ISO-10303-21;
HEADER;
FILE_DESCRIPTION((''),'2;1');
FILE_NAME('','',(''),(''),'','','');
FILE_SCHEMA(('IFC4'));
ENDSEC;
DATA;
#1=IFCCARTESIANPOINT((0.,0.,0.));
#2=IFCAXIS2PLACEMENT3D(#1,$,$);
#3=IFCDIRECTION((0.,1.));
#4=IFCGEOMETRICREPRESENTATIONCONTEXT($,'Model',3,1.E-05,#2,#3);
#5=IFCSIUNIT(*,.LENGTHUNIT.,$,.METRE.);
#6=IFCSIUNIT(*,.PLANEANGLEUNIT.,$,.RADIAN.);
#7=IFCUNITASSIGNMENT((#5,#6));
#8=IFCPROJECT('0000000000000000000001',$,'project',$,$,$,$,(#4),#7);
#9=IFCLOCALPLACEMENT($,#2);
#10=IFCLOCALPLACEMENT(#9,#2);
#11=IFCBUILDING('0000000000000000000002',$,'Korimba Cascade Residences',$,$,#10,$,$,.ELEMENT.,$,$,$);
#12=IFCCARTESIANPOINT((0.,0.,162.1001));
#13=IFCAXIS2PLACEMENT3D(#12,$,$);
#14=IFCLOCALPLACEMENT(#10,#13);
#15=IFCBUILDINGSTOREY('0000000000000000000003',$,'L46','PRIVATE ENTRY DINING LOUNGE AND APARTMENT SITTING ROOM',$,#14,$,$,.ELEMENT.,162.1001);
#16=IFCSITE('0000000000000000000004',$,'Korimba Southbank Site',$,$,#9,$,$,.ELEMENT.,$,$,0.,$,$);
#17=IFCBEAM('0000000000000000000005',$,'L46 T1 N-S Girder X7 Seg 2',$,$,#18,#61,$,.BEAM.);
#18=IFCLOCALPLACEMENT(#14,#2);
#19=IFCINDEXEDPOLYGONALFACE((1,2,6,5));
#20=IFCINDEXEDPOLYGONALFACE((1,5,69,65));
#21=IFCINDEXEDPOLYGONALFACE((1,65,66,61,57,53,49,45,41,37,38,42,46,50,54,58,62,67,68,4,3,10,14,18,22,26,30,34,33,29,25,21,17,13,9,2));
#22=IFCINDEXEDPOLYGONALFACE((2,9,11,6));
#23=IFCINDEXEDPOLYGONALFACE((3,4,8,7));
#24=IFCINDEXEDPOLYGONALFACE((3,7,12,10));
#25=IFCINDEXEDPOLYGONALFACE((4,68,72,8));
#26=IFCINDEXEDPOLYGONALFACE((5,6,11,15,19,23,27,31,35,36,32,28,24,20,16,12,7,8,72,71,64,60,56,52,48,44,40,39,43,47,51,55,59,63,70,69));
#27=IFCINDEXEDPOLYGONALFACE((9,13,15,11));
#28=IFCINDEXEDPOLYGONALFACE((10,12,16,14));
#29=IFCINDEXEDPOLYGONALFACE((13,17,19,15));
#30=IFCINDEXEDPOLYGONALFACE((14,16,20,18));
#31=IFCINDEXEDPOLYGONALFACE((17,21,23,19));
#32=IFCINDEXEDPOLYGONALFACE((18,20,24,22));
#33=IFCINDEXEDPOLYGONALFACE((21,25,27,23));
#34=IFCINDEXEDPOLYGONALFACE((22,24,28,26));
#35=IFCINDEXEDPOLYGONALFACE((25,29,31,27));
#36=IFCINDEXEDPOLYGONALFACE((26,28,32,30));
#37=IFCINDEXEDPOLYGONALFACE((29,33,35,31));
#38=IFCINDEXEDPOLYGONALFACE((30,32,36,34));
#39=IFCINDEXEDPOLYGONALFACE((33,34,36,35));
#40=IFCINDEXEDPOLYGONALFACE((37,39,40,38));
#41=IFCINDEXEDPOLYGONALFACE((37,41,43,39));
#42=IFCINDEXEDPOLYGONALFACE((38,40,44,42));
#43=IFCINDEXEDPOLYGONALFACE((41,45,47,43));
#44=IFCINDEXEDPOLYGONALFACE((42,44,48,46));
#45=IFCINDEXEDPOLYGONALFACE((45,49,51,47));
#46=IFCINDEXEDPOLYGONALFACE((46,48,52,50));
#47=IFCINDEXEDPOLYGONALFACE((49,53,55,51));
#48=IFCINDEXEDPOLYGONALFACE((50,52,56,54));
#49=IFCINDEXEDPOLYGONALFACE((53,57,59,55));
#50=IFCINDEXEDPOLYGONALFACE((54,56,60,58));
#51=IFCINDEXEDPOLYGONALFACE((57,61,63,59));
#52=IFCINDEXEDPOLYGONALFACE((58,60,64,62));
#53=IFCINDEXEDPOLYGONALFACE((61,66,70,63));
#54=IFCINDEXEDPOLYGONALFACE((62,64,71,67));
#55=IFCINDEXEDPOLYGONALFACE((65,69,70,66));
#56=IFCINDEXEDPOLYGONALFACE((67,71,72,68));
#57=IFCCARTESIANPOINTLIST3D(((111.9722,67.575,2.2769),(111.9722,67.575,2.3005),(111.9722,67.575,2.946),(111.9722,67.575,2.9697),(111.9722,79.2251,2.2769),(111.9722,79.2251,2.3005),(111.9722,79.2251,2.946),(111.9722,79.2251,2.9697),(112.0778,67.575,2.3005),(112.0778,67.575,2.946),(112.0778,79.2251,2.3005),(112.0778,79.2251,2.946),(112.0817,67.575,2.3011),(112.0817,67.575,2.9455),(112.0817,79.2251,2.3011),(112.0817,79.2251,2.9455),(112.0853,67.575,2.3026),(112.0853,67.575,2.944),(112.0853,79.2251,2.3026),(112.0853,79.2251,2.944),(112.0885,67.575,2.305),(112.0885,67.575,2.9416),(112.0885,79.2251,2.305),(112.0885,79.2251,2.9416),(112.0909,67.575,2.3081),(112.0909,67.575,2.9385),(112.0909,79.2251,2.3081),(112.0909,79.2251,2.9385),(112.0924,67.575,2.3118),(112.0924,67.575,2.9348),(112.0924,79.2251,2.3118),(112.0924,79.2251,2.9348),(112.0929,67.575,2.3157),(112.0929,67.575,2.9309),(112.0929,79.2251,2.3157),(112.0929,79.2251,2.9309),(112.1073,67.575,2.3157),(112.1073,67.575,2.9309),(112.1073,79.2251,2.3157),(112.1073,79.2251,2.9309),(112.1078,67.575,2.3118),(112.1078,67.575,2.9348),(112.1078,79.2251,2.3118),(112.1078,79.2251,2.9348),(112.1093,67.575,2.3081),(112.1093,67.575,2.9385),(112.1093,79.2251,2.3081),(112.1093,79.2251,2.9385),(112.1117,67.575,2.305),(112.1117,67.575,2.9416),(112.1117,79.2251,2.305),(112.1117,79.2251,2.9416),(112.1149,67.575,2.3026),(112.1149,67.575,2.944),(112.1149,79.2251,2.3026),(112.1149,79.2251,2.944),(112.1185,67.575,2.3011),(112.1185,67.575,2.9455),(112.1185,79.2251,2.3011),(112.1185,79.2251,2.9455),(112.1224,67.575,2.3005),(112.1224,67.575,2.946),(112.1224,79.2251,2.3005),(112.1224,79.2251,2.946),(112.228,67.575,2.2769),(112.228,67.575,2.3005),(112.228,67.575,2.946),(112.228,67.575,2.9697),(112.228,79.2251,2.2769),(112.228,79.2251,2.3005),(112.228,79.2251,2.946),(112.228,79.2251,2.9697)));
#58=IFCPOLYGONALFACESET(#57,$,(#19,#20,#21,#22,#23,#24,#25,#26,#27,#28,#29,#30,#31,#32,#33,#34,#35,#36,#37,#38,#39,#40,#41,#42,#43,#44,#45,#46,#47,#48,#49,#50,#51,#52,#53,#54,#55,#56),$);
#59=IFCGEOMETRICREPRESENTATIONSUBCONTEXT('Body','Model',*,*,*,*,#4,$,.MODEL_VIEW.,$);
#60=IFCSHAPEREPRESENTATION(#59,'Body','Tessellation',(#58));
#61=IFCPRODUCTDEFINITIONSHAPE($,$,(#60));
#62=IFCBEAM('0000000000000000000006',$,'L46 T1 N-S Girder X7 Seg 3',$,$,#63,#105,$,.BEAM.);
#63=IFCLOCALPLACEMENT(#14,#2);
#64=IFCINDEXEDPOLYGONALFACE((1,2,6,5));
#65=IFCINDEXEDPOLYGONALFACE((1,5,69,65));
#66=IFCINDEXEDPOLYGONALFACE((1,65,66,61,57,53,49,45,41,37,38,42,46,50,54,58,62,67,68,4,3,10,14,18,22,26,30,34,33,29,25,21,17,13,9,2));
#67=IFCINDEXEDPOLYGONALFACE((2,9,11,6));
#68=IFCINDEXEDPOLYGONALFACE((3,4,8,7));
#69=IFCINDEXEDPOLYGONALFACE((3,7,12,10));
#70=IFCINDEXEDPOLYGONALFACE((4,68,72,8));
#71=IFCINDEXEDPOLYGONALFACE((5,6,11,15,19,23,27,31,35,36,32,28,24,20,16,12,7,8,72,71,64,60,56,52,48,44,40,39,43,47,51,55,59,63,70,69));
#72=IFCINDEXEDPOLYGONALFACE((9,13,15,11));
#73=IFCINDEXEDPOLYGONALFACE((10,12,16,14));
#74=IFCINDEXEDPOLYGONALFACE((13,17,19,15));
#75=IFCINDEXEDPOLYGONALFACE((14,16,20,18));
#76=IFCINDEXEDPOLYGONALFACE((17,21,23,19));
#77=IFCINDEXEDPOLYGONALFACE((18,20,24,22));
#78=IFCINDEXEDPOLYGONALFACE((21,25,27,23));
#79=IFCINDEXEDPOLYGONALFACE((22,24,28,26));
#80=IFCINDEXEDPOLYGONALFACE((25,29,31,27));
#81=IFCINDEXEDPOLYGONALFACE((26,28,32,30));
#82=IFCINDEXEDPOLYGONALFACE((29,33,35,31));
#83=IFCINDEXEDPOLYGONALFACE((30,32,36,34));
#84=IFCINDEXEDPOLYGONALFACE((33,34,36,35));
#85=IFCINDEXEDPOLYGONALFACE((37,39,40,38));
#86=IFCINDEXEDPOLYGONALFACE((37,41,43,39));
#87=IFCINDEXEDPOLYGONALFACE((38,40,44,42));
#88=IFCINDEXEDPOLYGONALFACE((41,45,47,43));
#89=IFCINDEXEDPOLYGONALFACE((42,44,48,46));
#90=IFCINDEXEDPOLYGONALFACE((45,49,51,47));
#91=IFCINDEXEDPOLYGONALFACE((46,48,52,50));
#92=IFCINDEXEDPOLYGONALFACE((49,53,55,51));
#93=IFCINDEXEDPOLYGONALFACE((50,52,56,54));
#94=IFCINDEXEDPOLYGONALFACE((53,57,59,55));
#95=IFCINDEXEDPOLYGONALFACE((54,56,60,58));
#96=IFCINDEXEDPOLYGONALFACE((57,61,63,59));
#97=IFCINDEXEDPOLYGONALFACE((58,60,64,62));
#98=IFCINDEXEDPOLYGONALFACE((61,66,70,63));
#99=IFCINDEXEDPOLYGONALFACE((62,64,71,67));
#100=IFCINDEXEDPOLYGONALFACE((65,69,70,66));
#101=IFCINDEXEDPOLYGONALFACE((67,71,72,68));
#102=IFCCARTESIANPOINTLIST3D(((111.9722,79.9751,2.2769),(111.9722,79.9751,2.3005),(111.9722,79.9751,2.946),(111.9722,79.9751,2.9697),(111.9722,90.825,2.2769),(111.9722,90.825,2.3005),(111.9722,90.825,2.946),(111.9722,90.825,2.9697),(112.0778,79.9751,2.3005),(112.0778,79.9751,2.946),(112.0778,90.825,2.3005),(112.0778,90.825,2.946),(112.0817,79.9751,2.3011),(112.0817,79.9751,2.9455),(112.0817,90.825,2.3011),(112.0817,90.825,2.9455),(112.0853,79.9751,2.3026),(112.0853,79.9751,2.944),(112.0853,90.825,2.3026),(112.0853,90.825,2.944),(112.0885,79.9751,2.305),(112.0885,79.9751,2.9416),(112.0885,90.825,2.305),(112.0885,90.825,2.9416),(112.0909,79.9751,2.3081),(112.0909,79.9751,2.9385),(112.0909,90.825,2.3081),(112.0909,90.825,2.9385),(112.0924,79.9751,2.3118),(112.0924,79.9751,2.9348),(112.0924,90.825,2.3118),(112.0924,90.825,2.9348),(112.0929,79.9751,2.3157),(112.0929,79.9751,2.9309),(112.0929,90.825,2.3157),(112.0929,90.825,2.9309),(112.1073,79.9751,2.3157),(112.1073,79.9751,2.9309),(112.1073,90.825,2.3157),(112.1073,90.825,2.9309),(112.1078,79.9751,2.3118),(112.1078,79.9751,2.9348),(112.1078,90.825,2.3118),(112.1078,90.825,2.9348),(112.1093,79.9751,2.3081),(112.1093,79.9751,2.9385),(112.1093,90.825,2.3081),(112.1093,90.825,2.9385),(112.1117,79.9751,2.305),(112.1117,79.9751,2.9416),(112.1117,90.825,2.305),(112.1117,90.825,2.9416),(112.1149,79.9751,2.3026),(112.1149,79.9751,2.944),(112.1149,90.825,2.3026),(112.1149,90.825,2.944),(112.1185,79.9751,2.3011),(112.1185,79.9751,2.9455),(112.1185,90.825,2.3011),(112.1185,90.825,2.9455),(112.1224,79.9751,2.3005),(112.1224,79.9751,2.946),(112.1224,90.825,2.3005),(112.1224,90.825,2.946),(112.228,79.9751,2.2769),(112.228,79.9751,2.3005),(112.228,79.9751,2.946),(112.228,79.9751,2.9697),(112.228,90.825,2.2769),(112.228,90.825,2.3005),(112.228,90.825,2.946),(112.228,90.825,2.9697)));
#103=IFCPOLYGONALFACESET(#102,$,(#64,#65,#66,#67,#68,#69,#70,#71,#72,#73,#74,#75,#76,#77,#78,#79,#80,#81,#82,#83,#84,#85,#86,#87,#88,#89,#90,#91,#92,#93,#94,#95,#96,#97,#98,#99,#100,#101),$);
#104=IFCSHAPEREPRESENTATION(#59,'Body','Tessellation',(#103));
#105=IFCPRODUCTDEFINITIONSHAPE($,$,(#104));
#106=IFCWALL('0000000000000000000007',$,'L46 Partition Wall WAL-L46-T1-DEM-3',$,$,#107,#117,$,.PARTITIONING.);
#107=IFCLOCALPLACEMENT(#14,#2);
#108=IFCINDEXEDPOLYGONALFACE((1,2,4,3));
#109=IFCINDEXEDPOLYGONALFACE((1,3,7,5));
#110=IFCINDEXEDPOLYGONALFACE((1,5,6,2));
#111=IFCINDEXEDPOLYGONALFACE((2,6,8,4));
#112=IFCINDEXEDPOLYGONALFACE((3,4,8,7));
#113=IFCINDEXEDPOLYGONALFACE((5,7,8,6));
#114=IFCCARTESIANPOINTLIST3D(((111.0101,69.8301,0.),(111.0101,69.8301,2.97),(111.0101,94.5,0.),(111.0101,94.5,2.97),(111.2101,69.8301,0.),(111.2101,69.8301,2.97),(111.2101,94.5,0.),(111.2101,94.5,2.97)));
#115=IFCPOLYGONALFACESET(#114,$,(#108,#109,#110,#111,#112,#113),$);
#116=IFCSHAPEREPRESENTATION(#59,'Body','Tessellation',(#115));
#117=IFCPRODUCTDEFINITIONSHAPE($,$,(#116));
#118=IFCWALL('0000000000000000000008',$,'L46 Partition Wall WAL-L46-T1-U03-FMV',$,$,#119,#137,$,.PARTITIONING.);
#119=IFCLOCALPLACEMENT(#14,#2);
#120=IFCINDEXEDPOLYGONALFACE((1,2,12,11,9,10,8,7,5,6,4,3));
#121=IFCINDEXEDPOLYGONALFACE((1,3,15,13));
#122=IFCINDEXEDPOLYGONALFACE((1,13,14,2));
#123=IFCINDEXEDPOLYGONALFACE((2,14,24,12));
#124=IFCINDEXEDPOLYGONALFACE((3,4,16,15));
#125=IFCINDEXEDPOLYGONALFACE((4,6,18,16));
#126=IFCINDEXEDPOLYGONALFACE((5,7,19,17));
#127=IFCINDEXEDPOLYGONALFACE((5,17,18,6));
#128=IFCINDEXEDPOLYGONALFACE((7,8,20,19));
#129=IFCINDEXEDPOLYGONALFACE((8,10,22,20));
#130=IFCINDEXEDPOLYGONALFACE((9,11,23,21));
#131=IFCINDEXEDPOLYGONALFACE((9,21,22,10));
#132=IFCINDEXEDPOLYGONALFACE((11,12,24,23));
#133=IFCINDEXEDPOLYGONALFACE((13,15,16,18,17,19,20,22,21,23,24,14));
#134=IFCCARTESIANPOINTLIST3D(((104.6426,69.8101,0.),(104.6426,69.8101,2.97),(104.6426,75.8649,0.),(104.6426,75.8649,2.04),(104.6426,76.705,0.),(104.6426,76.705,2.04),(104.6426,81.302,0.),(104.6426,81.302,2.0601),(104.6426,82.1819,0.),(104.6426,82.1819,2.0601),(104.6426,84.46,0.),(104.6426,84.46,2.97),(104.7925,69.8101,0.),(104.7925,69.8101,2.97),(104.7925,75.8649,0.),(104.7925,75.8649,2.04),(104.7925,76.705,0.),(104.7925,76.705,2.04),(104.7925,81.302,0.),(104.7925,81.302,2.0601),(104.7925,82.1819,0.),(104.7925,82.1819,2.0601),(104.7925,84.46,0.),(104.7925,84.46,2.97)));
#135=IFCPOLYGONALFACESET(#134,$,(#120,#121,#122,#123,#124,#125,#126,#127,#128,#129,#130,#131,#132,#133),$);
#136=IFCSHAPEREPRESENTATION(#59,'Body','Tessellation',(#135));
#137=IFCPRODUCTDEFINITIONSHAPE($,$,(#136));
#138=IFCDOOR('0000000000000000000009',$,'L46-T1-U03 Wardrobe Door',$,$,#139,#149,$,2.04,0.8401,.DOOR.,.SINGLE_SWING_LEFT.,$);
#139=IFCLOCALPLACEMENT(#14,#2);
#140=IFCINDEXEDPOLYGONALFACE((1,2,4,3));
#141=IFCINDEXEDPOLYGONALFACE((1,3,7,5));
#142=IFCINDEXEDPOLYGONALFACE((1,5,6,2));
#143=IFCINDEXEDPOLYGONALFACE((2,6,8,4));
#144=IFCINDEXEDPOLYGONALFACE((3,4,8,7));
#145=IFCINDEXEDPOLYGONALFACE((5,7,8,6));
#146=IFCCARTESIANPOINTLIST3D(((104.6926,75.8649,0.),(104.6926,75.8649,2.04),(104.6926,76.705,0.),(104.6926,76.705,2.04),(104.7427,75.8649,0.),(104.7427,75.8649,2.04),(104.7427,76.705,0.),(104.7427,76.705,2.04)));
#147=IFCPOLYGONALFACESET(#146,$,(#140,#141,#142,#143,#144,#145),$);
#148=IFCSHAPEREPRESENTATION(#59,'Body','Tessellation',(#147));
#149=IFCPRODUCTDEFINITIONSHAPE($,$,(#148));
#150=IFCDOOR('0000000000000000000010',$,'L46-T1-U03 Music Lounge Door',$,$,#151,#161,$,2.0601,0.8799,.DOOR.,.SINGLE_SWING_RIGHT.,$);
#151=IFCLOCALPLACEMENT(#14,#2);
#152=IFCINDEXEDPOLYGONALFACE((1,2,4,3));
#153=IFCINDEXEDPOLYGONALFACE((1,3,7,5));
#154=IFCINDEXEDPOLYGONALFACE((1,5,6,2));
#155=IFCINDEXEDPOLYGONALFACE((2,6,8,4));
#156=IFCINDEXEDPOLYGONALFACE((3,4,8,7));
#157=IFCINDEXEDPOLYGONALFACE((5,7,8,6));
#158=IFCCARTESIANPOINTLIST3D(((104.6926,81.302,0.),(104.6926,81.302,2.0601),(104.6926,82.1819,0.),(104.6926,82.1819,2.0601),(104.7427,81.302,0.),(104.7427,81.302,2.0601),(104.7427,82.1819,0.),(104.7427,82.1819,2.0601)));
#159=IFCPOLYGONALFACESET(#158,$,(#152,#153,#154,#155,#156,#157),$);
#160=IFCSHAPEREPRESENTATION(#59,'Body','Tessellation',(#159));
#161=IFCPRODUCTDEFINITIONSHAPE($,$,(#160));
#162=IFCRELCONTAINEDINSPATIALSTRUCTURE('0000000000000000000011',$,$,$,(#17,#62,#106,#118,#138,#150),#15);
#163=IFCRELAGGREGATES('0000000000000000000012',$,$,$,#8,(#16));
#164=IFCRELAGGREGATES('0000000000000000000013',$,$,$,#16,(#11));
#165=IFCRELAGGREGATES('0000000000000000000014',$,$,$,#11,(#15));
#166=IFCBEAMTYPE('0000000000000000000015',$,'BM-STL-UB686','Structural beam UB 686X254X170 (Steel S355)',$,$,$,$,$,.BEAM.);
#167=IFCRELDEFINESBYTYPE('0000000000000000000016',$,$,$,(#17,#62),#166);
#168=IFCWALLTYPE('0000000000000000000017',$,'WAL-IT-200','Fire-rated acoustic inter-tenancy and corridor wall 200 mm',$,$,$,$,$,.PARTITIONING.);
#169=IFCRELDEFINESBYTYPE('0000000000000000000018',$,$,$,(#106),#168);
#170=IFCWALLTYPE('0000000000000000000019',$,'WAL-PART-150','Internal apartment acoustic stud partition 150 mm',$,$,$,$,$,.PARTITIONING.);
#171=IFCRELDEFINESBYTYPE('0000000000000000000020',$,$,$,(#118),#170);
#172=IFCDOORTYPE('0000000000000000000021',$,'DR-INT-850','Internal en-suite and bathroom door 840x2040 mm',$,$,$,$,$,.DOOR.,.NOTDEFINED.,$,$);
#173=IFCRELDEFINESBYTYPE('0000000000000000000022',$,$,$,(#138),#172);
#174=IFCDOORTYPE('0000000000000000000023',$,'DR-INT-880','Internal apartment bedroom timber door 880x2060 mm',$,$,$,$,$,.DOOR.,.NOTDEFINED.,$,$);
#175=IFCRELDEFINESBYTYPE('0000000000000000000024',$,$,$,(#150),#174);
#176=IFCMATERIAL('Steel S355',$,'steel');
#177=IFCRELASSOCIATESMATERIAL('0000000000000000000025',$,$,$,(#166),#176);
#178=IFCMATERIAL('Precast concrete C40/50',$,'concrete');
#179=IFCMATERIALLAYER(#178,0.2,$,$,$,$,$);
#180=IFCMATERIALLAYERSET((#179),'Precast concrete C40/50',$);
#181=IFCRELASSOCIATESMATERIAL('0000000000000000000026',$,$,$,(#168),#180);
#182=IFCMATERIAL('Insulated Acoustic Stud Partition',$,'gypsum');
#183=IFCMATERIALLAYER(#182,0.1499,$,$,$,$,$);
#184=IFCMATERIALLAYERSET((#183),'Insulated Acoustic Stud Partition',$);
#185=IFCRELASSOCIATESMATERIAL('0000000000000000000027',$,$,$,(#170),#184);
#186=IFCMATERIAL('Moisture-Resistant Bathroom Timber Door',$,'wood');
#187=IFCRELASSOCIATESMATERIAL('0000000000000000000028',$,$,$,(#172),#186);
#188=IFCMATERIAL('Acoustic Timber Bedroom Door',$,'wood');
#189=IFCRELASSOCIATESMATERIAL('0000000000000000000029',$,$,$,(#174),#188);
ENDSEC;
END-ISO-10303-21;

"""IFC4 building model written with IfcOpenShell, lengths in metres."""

from ifc_helpers import new_model, si_unit, direction, frame, frame_2d, origin, origin_2d, place, context, subcontext, project, spatial, rectangle, i_section, extrude, material, layer, layer_set, material_profile, profile_set, type_object, element, fill, save


model = new_model("IFC4")

# Units and contexts
model_context = context("Model", 3, precision=1e-05, world=origin(), true_north=direction((0.0, 1.0)))
body_context = subcontext(model_context, "Body", "Model", "MODEL_VIEW")
ifc_project = project(units=[si_unit("LENGTHUNIT", "METRE"), si_unit("PLANEANGLEUNIT", "RADIAN")], contexts=[model_context])

# Site, building, storey
site_placement = place(None, origin())
site = spatial("IfcSite", under=ifc_project, at=site_placement, Name="Korimba Southbank Site", CompositionType="ELEMENT", RefElevation=0.0)
building_placement = place(site_placement, origin())
building = spatial("IfcBuilding", under=site, at=building_placement, Name="Korimba Cascade Residences", CompositionType="ELEMENT")
storey_placement = place(building_placement, frame((0.0, 0.0, 162.1001)))
storey = spatial("IfcBuildingStorey", under=building, at=storey_placement, Name="L46", Description="PRIVATE ENTRY DINING LOUNGE AND APARTMENT SITTING ROOM", CompositionType="ELEMENT", Elevation=162.1001)

# Beams
ifc_material_1 = material(Name="Steel S355", Category="steel")
ifc_material_profile_1 = material_profile(ifc_material_1, i_section(OverallWidth=0.2559, OverallDepth=0.6929, WebThickness=0.0144, FlangeThickness=0.0237, FilletRadius=0.0151, at=origin_2d()), Name="Steel S355")
ifc_profile_set_1 = profile_set([ifc_material_profile_1], Name="Steel S355")
beam_type_1 = type_object("IfcBeamType", Name="BM-STL-UB686", Description="Structural beam UB 686X254X170 (Steel S355)", PredefinedType="BEAM", material=ifc_profile_set_1)
beam_1_placement = place(storey_placement, frame((112.1001, 67.575, 2.6233), z_axis=(0.0, 1.0, 0.0), x_axis=(-1.0, 0.0, 0.0)))
element("IfcBeam", 1, at=beam_1_placement, inside=storey, type_object=beam_type_1, Name="L46 T1 N-S Girder X7 Seg 2", PredefinedType="BEAM", context=body_context, shape_type="SweptSolid", body=[
    extrude(i_section(OverallWidth=0.2559, OverallDepth=0.6929, WebThickness=0.0144, FlangeThickness=0.0237, FilletRadius=0.0151, at=origin_2d()), origin(), (0.0, 0.0, 1.0), 11.6501),
])
beam_2_placement = place(storey_placement, frame((112.1001, 79.9751, 2.6233), z_axis=(0.0, 1.0, 0.0), x_axis=(-1.0, 0.0, 0.0)))
element("IfcBeam", 2, at=beam_2_placement, inside=storey, type_object=beam_type_1, Name="L46 T1 N-S Girder X7 Seg 3", PredefinedType="BEAM", context=body_context, shape_type="SweptSolid", body=[
    extrude(i_section(OverallWidth=0.2559, OverallDepth=0.6929, WebThickness=0.0144, FlangeThickness=0.0237, FilletRadius=0.0151, at=origin_2d()), origin(), (0.0, 0.0, 1.0), 10.8499),
])

# Wall
ifc_material_2 = material(Name="Precast concrete C40/50", Category="concrete")
ifc_layer_1 = layer(ifc_material_2, 0.2)
ifc_layer_set_1 = layer_set([ifc_layer_1], Name="Precast concrete C40/50")
wall_type_1 = type_object("IfcWallType", Name="WAL-IT-200", Description="Fire-rated acoustic inter-tenancy and corridor wall 200 mm", PredefinedType="PARTITIONING", material=ifc_layer_set_1)
wall_1_placement = place(storey_placement, frame((111.1101, 69.8301, 0.0), z_axis=(0.0, 0.0, 1.0), x_axis=(0.0, 1.0, 0.0)))
element("IfcWall", 3, at=wall_1_placement, inside=storey, type_object=wall_type_1, Name="L46 Partition Wall WAL-L46-T1-DEM-3", PredefinedType="PARTITIONING", context=body_context, shape_type="SweptSolid", body=[
    extrude(rectangle(XDim=24.6699, YDim=0.2, at=frame_2d((12.335, 0.0))), origin(), (0.0, 0.0, 1.0), 2.97),
])

# Wall, openings, doors
ifc_material_3 = material(Name="Insulated Acoustic Stud Partition", Category="gypsum")
ifc_layer_2 = layer(ifc_material_3, 0.1499)
ifc_layer_set_2 = layer_set([ifc_layer_2], Name="Insulated Acoustic Stud Partition")
wall_type_2 = type_object("IfcWallType", Name="WAL-PART-150", Description="Internal apartment acoustic stud partition 150 mm", PredefinedType="PARTITIONING", material=ifc_layer_set_2)
wall_2_placement = place(storey_placement, frame((104.7175, 69.8101, 0.0), z_axis=(0.0, 0.0, 1.0), x_axis=(0.0, 1.0, 0.0)))
wall_2 = element("IfcWall", 4, at=wall_2_placement, inside=storey, type_object=wall_type_2, Name="L46 Partition Wall WAL-L46-T1-U03-FMV", PredefinedType="PARTITIONING", context=body_context, shape_type="SweptSolid", body=[
    extrude(rectangle(XDim=14.6499, YDim=0.1499, at=frame_2d((7.325, 0.0))), origin(), (0.0, 0.0, 1.0), 2.97),
])
opening_1_placement = place(wall_2_placement, frame((6.0549, 0.0, 0.0)))
opening_1 = element("IfcOpeningElement", 5, at=opening_1_placement, cuts=wall_2, PredefinedType="OPENING", context=body_context, shape_type="SweptSolid", body=[
    extrude(rectangle(XDim=0.8401, YDim=2.04, at=frame_2d((0.4199, 1.02))), frame((0.0, 0.085, 0.0), z_axis=(0.0, -1.0, 0.0), x_axis=(1.0, 0.0, 0.0)), (0.0, 0.0, 1.0), 0.1699),
])
opening_2_placement = place(wall_2_placement, frame((11.4919, 0.0, 0.0)))
opening_2 = element("IfcOpeningElement", 6, at=opening_2_placement, cuts=wall_2, PredefinedType="OPENING", context=body_context, shape_type="SweptSolid", body=[
    extrude(rectangle(XDim=0.8799, YDim=2.0601, at=frame_2d((0.4399, 1.03))), frame((0.0, 0.085, 0.0), z_axis=(0.0, -1.0, 0.0), x_axis=(1.0, 0.0, 0.0)), (0.0, 0.0, 1.0), 0.1699),
])
ifc_material_4 = material(Name="Moisture-Resistant Bathroom Timber Door", Category="wood")
door_type_1 = type_object("IfcDoorType", Name="DR-INT-850", Description="Internal en-suite and bathroom door 840x2040 mm", OperationType="NOTDEFINED", PredefinedType="DOOR", material=ifc_material_4)
door_1_placement = place(opening_1_placement, origin())
door_1 = element("IfcDoor", 7, at=door_1_placement, inside=storey, type_object=door_type_1, Name="L46-T1-U03 Wardrobe Door", OperationType="SINGLE_SWING_LEFT", OverallHeight=2.04, OverallWidth=0.8401, PredefinedType="DOOR", context=body_context, shape_type="SweptSolid", body=[
    extrude(rectangle(XDim=0.8401, YDim=2.04, at=frame_2d((0.4199, 1.02))), frame((0.0, 0.0249, 0.0), z_axis=(0.0, -1.0, 0.0), x_axis=(1.0, 0.0, 0.0)), (0.0, 0.0, 1.0), 0.05),
])
fill(opening_1, door_1)
ifc_material_5 = material(Name="Acoustic Timber Bedroom Door", Category="wood")
door_type_2 = type_object("IfcDoorType", Name="DR-INT-880", Description="Internal apartment bedroom timber door 880x2060 mm", OperationType="NOTDEFINED", PredefinedType="DOOR", material=ifc_material_5)
door_2_placement = place(opening_2_placement, origin())
door_2 = element("IfcDoor", 8, at=door_2_placement, inside=storey, type_object=door_type_2, Name="L46-T1-U03 Music Lounge Door", OperationType="SINGLE_SWING_RIGHT", OverallHeight=2.0601, OverallWidth=0.8799, PredefinedType="DOOR", context=body_context, shape_type="SweptSolid", body=[
    extrude(rectangle(XDim=0.8799, YDim=2.0601, at=frame_2d((0.4399, 1.03))), frame((0.0, 0.0249, 0.0), z_axis=(0.0, -1.0, 0.0), x_axis=(1.0, 0.0, 0.0)), (0.0, 0.0, 1.0), 0.05),
])
fill(opening_2, door_2)

save(model, "model.ifc")
